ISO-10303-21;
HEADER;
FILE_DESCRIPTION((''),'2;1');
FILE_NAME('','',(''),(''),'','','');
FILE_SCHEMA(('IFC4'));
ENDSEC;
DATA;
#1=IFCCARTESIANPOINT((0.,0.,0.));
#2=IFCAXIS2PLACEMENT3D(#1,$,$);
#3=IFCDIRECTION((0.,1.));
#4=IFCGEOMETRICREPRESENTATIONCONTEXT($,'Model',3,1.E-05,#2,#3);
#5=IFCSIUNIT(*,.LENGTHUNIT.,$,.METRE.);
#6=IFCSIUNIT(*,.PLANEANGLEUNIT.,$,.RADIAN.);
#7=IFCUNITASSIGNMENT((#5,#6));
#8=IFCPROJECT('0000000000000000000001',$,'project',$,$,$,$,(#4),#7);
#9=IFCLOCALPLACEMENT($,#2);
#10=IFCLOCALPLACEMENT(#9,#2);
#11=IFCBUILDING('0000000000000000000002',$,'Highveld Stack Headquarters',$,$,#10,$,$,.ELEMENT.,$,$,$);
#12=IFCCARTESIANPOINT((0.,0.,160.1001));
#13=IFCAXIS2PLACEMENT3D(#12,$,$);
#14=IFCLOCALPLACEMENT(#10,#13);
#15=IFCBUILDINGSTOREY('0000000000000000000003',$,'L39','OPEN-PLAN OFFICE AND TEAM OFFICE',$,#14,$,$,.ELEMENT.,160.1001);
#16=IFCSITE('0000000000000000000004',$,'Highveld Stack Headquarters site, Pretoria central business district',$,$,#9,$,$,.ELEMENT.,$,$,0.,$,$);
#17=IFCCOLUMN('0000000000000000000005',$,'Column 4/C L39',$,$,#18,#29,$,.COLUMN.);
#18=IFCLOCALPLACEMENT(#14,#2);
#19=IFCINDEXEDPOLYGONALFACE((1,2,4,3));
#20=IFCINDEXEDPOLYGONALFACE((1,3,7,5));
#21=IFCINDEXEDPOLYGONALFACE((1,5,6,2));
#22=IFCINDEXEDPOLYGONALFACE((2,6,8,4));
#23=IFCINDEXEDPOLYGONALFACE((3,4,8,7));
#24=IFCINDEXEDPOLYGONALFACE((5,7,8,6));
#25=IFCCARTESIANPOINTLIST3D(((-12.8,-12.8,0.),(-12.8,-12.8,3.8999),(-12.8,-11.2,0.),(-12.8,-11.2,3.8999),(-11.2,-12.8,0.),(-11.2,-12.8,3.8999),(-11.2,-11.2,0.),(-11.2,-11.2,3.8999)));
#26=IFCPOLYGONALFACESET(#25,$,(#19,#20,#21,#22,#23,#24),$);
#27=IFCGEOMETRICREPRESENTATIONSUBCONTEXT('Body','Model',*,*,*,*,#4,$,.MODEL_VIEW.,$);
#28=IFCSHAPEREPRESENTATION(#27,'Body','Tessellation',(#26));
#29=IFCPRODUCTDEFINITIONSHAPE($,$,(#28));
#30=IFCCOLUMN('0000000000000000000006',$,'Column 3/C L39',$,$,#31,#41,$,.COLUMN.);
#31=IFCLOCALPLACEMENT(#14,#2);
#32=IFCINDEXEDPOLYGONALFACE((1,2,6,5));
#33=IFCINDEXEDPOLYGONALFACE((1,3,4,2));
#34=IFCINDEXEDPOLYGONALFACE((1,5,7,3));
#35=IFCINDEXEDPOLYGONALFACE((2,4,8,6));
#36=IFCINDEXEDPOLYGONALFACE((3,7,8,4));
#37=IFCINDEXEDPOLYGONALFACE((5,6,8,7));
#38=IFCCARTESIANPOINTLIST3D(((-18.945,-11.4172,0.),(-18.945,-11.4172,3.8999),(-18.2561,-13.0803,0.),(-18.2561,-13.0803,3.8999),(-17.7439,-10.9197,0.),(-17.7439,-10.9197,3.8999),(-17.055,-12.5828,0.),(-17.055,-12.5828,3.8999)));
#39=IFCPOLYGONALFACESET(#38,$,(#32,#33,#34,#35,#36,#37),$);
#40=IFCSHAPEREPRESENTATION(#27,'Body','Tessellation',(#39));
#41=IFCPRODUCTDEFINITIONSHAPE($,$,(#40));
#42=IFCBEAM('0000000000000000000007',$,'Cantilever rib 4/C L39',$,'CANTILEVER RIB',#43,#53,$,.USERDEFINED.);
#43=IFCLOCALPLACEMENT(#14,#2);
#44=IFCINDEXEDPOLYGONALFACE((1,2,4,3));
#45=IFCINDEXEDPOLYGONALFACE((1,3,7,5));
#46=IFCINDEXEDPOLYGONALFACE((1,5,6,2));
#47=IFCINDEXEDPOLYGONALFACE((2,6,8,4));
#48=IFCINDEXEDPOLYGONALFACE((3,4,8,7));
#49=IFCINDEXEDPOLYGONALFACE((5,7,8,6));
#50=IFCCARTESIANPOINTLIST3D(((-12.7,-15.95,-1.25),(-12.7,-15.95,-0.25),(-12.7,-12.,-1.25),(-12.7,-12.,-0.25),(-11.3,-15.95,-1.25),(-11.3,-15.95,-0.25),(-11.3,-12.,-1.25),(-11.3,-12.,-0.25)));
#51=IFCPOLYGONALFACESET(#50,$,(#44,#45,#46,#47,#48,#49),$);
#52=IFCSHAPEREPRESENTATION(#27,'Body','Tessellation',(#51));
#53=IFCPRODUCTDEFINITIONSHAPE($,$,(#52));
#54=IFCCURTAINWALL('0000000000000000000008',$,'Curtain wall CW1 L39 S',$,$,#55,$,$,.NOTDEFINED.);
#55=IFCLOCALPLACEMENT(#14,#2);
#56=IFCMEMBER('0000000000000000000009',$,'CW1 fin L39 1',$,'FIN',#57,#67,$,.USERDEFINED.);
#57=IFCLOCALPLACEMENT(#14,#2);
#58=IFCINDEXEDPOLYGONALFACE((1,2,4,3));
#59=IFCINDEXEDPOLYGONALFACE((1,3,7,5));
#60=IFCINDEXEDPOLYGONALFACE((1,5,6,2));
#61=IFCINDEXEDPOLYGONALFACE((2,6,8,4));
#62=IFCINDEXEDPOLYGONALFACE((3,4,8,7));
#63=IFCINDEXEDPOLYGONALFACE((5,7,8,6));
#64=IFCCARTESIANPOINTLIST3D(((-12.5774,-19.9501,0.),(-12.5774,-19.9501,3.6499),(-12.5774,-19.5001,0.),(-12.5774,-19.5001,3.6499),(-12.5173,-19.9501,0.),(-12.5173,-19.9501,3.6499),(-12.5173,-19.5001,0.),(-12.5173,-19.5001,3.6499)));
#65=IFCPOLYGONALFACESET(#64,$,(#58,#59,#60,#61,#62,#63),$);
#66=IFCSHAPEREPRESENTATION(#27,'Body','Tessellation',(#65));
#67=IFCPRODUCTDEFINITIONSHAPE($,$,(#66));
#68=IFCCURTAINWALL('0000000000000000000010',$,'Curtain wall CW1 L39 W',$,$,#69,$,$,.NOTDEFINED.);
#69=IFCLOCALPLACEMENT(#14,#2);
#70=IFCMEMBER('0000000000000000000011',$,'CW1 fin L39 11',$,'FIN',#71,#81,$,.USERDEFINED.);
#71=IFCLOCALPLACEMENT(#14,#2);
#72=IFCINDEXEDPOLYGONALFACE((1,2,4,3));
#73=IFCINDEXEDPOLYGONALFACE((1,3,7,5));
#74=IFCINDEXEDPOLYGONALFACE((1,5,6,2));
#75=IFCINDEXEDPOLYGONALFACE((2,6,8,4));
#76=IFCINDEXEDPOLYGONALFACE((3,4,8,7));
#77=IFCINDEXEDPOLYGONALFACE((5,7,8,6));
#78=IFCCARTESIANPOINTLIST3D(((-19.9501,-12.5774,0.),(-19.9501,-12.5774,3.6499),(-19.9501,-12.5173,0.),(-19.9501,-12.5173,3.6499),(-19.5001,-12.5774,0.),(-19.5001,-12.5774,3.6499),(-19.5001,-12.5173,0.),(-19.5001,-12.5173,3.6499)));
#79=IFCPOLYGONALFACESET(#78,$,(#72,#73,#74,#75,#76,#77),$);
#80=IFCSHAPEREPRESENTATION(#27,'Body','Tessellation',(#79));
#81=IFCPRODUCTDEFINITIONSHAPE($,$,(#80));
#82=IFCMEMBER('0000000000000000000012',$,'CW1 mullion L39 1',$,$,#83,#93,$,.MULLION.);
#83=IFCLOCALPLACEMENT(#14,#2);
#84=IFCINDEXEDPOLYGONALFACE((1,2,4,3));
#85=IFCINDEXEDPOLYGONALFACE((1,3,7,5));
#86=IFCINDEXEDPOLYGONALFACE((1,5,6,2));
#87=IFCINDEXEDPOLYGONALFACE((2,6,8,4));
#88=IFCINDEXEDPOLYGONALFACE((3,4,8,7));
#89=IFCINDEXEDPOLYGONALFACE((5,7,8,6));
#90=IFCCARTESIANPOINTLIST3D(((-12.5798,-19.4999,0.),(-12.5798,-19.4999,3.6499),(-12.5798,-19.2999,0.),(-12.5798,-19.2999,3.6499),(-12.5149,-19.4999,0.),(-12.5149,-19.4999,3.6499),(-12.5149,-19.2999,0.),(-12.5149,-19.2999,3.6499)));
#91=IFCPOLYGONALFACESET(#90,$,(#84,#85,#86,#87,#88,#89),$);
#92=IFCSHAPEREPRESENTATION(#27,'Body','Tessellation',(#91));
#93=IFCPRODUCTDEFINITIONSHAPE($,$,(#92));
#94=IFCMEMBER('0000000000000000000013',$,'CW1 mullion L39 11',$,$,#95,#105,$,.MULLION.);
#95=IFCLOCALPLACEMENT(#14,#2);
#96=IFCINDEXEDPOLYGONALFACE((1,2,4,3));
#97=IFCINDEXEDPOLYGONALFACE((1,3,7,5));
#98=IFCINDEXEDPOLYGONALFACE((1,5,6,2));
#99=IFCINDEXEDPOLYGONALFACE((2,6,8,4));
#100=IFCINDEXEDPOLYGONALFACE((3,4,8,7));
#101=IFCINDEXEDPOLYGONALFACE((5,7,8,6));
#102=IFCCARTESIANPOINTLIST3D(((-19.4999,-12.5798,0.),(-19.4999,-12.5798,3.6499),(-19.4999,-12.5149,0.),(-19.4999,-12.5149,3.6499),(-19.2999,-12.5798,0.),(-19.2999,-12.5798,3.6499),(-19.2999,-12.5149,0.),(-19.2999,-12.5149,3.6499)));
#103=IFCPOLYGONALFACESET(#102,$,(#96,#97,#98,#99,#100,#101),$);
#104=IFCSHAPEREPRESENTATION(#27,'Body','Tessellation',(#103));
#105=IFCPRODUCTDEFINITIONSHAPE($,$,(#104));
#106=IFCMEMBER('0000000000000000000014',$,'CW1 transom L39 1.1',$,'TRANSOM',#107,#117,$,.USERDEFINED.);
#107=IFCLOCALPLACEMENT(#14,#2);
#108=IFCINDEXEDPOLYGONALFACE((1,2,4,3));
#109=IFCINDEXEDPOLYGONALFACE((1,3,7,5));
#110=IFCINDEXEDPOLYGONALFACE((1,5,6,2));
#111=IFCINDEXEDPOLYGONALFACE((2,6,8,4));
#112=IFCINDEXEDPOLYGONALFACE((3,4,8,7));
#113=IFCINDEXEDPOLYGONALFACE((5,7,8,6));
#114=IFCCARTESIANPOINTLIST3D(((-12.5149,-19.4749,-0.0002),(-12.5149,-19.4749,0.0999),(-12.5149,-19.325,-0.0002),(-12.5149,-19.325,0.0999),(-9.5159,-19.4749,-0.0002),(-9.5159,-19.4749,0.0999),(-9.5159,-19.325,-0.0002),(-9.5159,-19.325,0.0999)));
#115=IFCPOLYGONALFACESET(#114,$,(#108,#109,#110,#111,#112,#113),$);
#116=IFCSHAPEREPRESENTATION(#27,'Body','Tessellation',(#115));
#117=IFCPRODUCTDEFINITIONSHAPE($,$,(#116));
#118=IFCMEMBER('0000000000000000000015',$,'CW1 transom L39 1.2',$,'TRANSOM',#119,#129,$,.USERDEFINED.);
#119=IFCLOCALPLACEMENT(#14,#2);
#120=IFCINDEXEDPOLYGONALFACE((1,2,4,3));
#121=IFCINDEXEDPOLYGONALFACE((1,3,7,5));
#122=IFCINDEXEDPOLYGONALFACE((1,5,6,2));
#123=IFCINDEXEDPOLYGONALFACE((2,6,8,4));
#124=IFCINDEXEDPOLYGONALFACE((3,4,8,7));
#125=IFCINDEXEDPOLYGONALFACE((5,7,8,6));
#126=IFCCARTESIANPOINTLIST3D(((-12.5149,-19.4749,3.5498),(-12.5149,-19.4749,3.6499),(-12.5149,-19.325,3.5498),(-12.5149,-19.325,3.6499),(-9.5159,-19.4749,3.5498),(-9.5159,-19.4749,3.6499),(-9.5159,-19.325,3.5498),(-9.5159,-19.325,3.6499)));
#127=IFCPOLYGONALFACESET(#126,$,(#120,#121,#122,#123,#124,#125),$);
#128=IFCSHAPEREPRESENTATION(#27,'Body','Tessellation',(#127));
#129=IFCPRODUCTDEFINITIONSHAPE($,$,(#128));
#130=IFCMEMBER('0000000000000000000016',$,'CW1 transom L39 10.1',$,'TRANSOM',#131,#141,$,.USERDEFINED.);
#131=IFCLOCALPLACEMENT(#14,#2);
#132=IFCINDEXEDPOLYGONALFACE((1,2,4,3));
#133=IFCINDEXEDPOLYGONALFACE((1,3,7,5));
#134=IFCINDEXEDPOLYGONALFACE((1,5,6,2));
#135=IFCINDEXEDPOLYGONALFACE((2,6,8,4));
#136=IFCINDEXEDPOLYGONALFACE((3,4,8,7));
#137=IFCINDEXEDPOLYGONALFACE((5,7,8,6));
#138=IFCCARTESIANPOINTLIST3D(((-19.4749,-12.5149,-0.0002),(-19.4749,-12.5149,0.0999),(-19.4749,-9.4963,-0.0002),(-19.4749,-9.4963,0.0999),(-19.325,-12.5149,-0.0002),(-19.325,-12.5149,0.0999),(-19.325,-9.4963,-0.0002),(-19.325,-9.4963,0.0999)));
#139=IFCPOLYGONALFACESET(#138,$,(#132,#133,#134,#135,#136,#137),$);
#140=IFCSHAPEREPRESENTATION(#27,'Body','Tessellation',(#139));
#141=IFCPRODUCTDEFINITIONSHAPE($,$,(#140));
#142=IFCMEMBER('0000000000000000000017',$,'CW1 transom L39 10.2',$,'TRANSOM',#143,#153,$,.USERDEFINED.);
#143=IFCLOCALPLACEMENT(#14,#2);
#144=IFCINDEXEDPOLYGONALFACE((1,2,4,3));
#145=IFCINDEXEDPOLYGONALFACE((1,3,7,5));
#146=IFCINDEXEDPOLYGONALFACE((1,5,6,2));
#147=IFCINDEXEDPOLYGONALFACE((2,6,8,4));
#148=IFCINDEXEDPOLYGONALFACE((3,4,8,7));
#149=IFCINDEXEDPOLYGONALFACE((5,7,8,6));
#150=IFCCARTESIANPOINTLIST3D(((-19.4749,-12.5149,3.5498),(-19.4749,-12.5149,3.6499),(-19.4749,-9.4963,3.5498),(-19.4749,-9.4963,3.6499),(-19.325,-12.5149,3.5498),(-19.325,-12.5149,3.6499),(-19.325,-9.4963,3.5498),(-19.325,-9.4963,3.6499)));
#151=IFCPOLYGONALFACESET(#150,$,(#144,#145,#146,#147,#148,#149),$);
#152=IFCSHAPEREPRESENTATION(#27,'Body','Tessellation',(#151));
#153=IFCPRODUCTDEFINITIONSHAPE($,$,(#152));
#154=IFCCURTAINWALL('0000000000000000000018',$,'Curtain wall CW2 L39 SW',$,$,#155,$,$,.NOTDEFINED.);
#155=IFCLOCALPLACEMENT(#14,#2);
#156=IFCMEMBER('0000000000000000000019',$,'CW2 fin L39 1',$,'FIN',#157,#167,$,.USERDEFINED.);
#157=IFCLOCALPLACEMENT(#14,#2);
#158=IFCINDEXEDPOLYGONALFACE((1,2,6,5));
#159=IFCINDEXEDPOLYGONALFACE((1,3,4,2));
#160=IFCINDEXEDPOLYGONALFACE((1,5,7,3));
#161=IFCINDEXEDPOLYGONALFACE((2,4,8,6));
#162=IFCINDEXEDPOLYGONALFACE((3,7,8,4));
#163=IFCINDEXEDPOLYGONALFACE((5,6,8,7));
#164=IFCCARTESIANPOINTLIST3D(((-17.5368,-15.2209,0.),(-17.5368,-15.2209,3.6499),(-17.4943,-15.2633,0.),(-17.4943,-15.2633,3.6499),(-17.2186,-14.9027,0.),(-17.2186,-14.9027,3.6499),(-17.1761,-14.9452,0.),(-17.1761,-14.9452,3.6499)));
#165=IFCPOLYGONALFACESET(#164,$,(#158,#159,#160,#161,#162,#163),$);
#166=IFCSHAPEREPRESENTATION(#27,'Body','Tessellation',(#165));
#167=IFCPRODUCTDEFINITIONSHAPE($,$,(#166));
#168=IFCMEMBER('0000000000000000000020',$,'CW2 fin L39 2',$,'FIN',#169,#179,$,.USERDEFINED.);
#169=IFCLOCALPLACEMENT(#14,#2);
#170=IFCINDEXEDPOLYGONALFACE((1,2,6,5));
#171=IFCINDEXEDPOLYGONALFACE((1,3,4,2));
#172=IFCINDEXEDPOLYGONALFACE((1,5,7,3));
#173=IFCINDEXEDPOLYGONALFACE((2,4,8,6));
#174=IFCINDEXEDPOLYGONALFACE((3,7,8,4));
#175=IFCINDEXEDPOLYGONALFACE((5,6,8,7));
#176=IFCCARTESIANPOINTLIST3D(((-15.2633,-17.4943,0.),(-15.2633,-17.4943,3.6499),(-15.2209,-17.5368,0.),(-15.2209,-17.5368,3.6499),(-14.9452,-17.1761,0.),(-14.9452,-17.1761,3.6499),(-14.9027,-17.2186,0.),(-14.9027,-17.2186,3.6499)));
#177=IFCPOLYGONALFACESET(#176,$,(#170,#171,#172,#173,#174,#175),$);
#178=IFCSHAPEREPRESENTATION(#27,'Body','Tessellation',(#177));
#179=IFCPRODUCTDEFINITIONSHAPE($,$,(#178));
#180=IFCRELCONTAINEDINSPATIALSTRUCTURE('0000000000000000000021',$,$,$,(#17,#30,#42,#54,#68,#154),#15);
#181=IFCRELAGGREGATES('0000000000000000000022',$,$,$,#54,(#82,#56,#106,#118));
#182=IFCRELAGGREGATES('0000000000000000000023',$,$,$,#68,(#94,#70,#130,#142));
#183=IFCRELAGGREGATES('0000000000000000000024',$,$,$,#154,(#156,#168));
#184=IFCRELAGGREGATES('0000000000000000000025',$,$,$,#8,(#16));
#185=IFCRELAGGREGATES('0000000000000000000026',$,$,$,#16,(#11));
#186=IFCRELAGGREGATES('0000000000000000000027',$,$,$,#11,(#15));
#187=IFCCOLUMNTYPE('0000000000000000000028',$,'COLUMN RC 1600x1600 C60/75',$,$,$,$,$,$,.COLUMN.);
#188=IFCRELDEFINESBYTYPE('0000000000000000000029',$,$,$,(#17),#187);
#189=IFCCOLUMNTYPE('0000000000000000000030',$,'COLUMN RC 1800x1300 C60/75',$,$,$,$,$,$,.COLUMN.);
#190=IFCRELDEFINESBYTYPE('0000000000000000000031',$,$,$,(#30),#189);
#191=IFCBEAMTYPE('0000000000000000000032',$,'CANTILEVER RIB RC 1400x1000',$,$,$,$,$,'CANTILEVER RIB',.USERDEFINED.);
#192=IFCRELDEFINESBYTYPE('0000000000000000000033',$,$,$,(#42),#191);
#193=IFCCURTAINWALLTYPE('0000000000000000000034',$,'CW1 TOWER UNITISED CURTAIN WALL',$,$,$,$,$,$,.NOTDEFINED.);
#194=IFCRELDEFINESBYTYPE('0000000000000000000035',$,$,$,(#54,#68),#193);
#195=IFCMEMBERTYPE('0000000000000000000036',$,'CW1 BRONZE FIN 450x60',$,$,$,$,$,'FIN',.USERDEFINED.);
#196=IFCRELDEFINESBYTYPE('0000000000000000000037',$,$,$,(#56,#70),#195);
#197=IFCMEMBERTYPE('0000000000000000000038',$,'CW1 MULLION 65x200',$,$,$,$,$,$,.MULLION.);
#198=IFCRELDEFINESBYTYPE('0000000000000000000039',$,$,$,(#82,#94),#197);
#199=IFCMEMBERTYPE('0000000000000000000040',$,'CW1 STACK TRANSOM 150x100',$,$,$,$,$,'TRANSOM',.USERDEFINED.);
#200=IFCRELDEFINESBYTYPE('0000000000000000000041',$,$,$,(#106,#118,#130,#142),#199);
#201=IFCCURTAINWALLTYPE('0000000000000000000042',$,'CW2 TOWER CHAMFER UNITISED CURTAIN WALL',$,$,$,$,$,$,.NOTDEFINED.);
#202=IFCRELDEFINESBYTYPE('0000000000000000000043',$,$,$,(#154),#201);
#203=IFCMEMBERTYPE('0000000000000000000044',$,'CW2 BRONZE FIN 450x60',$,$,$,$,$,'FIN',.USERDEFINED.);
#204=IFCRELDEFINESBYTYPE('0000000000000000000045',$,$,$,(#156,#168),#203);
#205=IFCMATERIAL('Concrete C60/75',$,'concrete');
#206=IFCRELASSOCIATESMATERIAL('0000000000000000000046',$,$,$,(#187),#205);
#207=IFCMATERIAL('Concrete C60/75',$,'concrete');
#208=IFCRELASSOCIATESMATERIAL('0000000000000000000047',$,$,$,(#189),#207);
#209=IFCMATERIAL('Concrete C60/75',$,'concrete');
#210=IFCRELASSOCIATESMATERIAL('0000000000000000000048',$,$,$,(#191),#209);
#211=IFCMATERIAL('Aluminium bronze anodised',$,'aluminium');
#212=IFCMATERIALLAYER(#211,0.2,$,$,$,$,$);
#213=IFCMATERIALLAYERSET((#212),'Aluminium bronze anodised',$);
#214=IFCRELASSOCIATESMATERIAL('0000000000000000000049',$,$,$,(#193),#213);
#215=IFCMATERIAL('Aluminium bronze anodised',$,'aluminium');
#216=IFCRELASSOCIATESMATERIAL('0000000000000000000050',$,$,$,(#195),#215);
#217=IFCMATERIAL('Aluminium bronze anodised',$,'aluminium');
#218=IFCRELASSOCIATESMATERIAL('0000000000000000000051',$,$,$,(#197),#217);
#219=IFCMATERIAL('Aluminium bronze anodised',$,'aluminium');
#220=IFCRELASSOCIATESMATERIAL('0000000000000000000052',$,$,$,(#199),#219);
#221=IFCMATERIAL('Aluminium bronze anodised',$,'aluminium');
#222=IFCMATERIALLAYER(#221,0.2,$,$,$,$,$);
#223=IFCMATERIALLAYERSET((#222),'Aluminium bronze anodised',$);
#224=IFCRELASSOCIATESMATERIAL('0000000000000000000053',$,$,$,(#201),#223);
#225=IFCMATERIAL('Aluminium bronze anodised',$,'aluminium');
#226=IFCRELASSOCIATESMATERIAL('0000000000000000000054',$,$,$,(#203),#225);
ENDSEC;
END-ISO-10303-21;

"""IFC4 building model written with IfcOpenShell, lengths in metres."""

from ifc_helpers import new_model, si_unit, direction, frame, origin, origin_2d, place, context, subcontext, project, spatial, rectangle, extrude, material, layer, layer_set, material_profile, profile_set, type_object, element, aggregate, save


model = new_model("IFC4")

# Units and contexts
model_context = context("Model", 3, precision=1e-05, world=origin(), true_north=direction((0.0, 1.0)))
body_context = subcontext(model_context, "Body", "Model", "MODEL_VIEW")
ifc_project = project(units=[si_unit("LENGTHUNIT", "METRE"), si_unit("PLANEANGLEUNIT", "RADIAN")], contexts=[model_context])

# Site, building, storey
site_placement = place(None, origin())
site = spatial("IfcSite", under=ifc_project, at=site_placement, Name="Highveld Stack Headquarters site, Pretoria central business district", CompositionType="ELEMENT", RefElevation=0.0)
building_placement = place(site_placement, origin())
building = spatial("IfcBuilding", under=site, at=building_placement, Name="Highveld Stack Headquarters", CompositionType="ELEMENT")
storey_placement = place(building_placement, frame((0.0, 0.0, 160.1001)))
storey = spatial("IfcBuildingStorey", under=building, at=storey_placement, Name="L39", Description="OPEN-PLAN OFFICE AND TEAM OFFICE", CompositionType="ELEMENT", Elevation=160.1001)

# Columns
ifc_material_1 = material(Name="Concrete C60/75", Category="concrete")
ifc_material_profile_1 = material_profile(ifc_material_1, rectangle(XDim=1.6001, YDim=1.6001, at=origin_2d()), Name="RC 1600x1600")
ifc_profile_set_1 = profile_set([ifc_material_profile_1], Name="Concrete C60/75")
column_type_1 = type_object("IfcColumnType", Name="COLUMN RC 1600x1600 C60/75", PredefinedType="COLUMN", material=ifc_profile_set_1)
column_1_placement = place(storey_placement, frame((-12.0, -12.0, 0.0), z_axis=(0.0, 0.0, 1.0), x_axis=(1.0, 0.0, 0.0)))
element("IfcColumn", 1, at=column_1_placement, inside=storey, type_object=column_type_1, Name="Column 4/C L39", PredefinedType="COLUMN", context=body_context, shape_type="SweptSolid", body=[
    extrude(rectangle(XDim=1.6001, YDim=1.6001, at=origin_2d()), origin(), (0.0, 0.0, 1.0), 3.8999),
])
ifc_material_2 = material(Name="Concrete C60/75", Category="concrete")
ifc_material_profile_2 = material_profile(ifc_material_2, rectangle(XDim=1.8, YDim=1.3, at=origin_2d()), Name="RC 1800x1300")
ifc_profile_set_2 = profile_set([ifc_material_profile_2], Name="Concrete C60/75")
column_type_2 = type_object("IfcColumnType", Name="COLUMN RC 1800x1300 C60/75", PredefinedType="COLUMN", material=ifc_profile_set_2)
column_2_placement = place(storey_placement, frame((-18.0, -12.0, 0.0), z_axis=(0.0, 0.0, 1.0), x_axis=(-0.382683, 0.92388, 0.0)))
element("IfcColumn", 2, at=column_2_placement, inside=storey, type_object=column_type_2, Name="Column 3/C L39", PredefinedType="COLUMN", context=body_context, shape_type="SweptSolid", body=[
    extrude(rectangle(XDim=1.8, YDim=1.3, at=origin_2d()), origin(), (0.0, 0.0, 1.0), 3.8999),
])

# Beam
ifc_material_3 = material(Name="Concrete C60/75", Category="concrete")
ifc_material_profile_3 = material_profile(ifc_material_3, rectangle(XDim=1.3999, YDim=1.0, at=origin_2d()), Name="RC 1400x1000")
ifc_profile_set_3 = profile_set([ifc_material_profile_3], Name="Concrete C60/75")
beam_type_1 = type_object("IfcBeamType", Name="CANTILEVER RIB RC 1400x1000", ElementType="CANTILEVER RIB", PredefinedType="USERDEFINED", material=ifc_profile_set_3)
beam_1_placement = place(storey_placement, frame((-12.0, -12.0, -0.75), z_axis=(0.0, -1.0, 0.0), x_axis=(1.0, 0.0, 0.0)))
element("IfcBeam", 3, at=beam_1_placement, inside=storey, type_object=beam_type_1, Name="Cantilever rib 4/C L39", ObjectType="CANTILEVER RIB", PredefinedType="USERDEFINED", context=body_context, shape_type="SweptSolid", body=[
    extrude(rectangle(XDim=1.3999, YDim=1.0, at=origin_2d()), origin(), (0.0, 0.0, 1.0), 3.95),
])

# Curtain walls, members
ifc_material_4 = material(Name="Aluminium bronze anodised", Category="aluminium")
ifc_layer_1 = layer(ifc_material_4, 0.2)
ifc_layer_set_1 = layer_set([ifc_layer_1], Name="Aluminium bronze anodised")
curtain_wall_type_1 = type_object("IfcCurtainWallType", Name="CW1 TOWER UNITISED CURTAIN WALL", PredefinedType="NOTDEFINED", material=ifc_layer_set_1)
curtain_wall_1_placement = place(storey_placement, origin())
curtain_wall_1 = element("IfcCurtainWall", 4, at=curtain_wall_1_placement, inside=storey, type_object=curtain_wall_type_1, Name="Curtain wall CW1 L39 S", PredefinedType="NOTDEFINED")
ifc_material_5 = material(Name="Aluminium bronze anodised", Category="aluminium")
ifc_material_profile_4 = material_profile(ifc_material_5, rectangle(XDim=0.45, YDim=0.0601, at=origin_2d()), Name="FIN 450x60")
ifc_profile_set_4 = profile_set([ifc_material_profile_4], Name="Aluminium bronze anodised")
member_type_1 = type_object("IfcMemberType", Name="CW1 BRONZE FIN 450x60", ElementType="FIN", PredefinedType="USERDEFINED", material=ifc_profile_set_4)
member_1_placement = place(storey_placement, frame((-12.5474, -19.7251, 0.0), z_axis=(0.0, 0.0, 1.0), x_axis=(0.0, 1.0, 0.0)))
member_1 = element("IfcMember", 5, at=member_1_placement, type_object=member_type_1, Name="CW1 fin L39 1", ObjectType="FIN", PredefinedType="USERDEFINED", context=body_context, shape_type="SweptSolid", body=[
    extrude(rectangle(XDim=0.45, YDim=0.0601, at=origin_2d()), origin(), (0.0, 0.0, 1.0), 3.6499),
])
curtain_wall_2_placement = place(storey_placement, origin())
curtain_wall_2 = element("IfcCurtainWall", 6, at=curtain_wall_2_placement, inside=storey, type_object=curtain_wall_type_1, Name="Curtain wall CW1 L39 W", PredefinedType="NOTDEFINED")
member_2_placement = place(storey_placement, frame((-19.7251, -12.5474, 0.0), z_axis=(0.0, 0.0, 1.0), x_axis=(1.0, 0.0, 0.0)))
member_2 = element("IfcMember", 7, at=member_2_placement, type_object=member_type_1, Name="CW1 fin L39 11", ObjectType="FIN", PredefinedType="USERDEFINED", context=body_context, shape_type="SweptSolid", body=[
    extrude(rectangle(XDim=0.45, YDim=0.0601, at=origin_2d()), origin(), (0.0, 0.0, 1.0), 3.6499),
])

# Members
ifc_material_6 = material(Name="Aluminium bronze anodised", Category="aluminium")
ifc_material_profile_5 = material_profile(ifc_material_6, rectangle(XDim=0.2, YDim=0.0649, at=origin_2d()), Name="CW1 MULLION 65x200")
ifc_profile_set_5 = profile_set([ifc_material_profile_5], Name="Aluminium bronze anodised")
member_type_2 = type_object("IfcMemberType", Name="CW1 MULLION 65x200", PredefinedType="MULLION", material=ifc_profile_set_5)
member_3_placement = place(storey_placement, frame((-12.5474, -19.3999, 0.0), z_axis=(0.0, 0.0, 1.0), x_axis=(0.0, 1.0, 0.0)))
member_3 = element("IfcMember", 8, at=member_3_placement, type_object=member_type_2, Name="CW1 mullion L39 1", PredefinedType="MULLION", context=body_context, shape_type="SweptSolid", body=[
    extrude(rectangle(XDim=0.2, YDim=0.0649, at=origin_2d()), origin(), (0.0, 0.0, 1.0), 3.6499),
])
member_4_placement = place(storey_placement, frame((-19.3999, -12.5474, 0.0), z_axis=(0.0, 0.0, 1.0), x_axis=(1.0, 0.0, 0.0)))
member_4 = element("IfcMember", 9, at=member_4_placement, type_object=member_type_2, Name="CW1 mullion L39 11", PredefinedType="MULLION", context=body_context, shape_type="SweptSolid", body=[
    extrude(rectangle(XDim=0.2, YDim=0.0649, at=origin_2d()), origin(), (0.0, 0.0, 1.0), 3.6499),
])
ifc_material_7 = material(Name="Aluminium bronze anodised", Category="aluminium")
ifc_material_profile_6 = material_profile(ifc_material_7, rectangle(XDim=0.1499, YDim=0.1001, at=origin_2d()), Name="CW1 TRANSOM 150x100")
ifc_profile_set_6 = profile_set([ifc_material_profile_6], Name="Aluminium bronze anodised")
member_type_3 = type_object("IfcMemberType", Name="CW1 STACK TRANSOM 150x100", ElementType="TRANSOM", PredefinedType="USERDEFINED", material=ifc_profile_set_6)
member_5_placement = place(storey_placement, frame((-12.5149, -19.3999, 0.0498), z_axis=(1.0, 0.0, 0.0), x_axis=(0.0, 1.0, 0.0)))
member_5 = element("IfcMember", 10, at=member_5_placement, type_object=member_type_3, Name="CW1 transom L39 1.1", ObjectType="TRANSOM", PredefinedType="USERDEFINED", context=body_context, shape_type="SweptSolid", body=[
    extrude(rectangle(XDim=0.1499, YDim=0.1001, at=origin_2d()), origin(), (0.0, 0.0, 1.0), 2.999),
])
member_6_placement = place(storey_placement, frame((-12.5149, -19.3999, 3.5999), z_axis=(1.0, 0.0, 0.0), x_axis=(0.0, 1.0, 0.0)))
member_6 = element("IfcMember", 11, at=member_6_placement, type_object=member_type_3, Name="CW1 transom L39 1.2", ObjectType="TRANSOM", PredefinedType="USERDEFINED", context=body_context, shape_type="SweptSolid", body=[
    extrude(rectangle(XDim=0.1499, YDim=0.1001, at=origin_2d()), origin(), (0.0, 0.0, 1.0), 2.999),
])
aggregate(curtain_wall_1, [member_3, member_1, member_5, member_6])
member_7_placement = place(storey_placement, frame((-19.3999, -9.4963, 0.0498), z_axis=(0.0, -1.0, 0.0), x_axis=(1.0, 0.0, 0.0)))
member_7 = element("IfcMember", 12, at=member_7_placement, type_object=member_type_3, Name="CW1 transom L39 10.1", ObjectType="TRANSOM", PredefinedType="USERDEFINED", context=body_context, shape_type="SweptSolid", body=[
    extrude(rectangle(XDim=0.1499, YDim=0.1001, at=origin_2d()), origin(), (0.0, 0.0, 1.0), 3.0186),
])
member_8_placement = place(storey_placement, frame((-19.3999, -9.4963, 3.5999), z_axis=(0.0, -1.0, 0.0), x_axis=(1.0, 0.0, 0.0)))
member_8 = element("IfcMember", 13, at=member_8_placement, type_object=member_type_3, Name="CW1 transom L39 10.2", ObjectType="TRANSOM", PredefinedType="USERDEFINED", context=body_context, shape_type="SweptSolid", body=[
    extrude(rectangle(XDim=0.1499, YDim=0.1001, at=origin_2d()), origin(), (0.0, 0.0, 1.0), 3.0186),
])

# Curtain wall, members
ifc_material_8 = material(Name="Aluminium bronze anodised", Category="aluminium")
ifc_layer_2 = layer(ifc_material_8, 0.2)
ifc_layer_set_2 = layer_set([ifc_layer_2], Name="Aluminium bronze anodised")
curtain_wall_type_2 = type_object("IfcCurtainWallType", Name="CW2 TOWER CHAMFER UNITISED CURTAIN WALL", PredefinedType="NOTDEFINED", material=ifc_layer_set_2)
curtain_wall_3_placement = place(storey_placement, origin())
curtain_wall_3 = element("IfcCurtainWall", 14, at=curtain_wall_3_placement, inside=storey, type_object=curtain_wall_type_2, Name="Curtain wall CW2 L39 SW", PredefinedType="NOTDEFINED")
ifc_material_9 = material(Name="Aluminium bronze anodised", Category="aluminium")
ifc_material_profile_7 = material_profile(ifc_material_9, rectangle(XDim=0.45, YDim=0.0601, at=origin_2d()), Name="FIN 450x60")
ifc_profile_set_7 = profile_set([ifc_material_profile_7], Name="Aluminium bronze anodised")
member_type_4 = type_object("IfcMemberType", Name="CW2 BRONZE FIN 450x60", ElementType="FIN", PredefinedType="USERDEFINED", material=ifc_profile_set_7)
member_9_placement = place(storey_placement, frame((-17.3564, -15.083, 0.0), z_axis=(0.0, 0.0, 1.0), x_axis=(0.707107, 0.707107, 0.0)))
member_9 = element("IfcMember", 15, at=member_9_placement, type_object=member_type_4, Name="CW2 fin L39 1", ObjectType="FIN", PredefinedType="USERDEFINED", context=body_context, shape_type="SweptSolid", body=[
    extrude(rectangle(XDim=0.45, YDim=0.0601, at=origin_2d()), origin(), (0.0, 0.0, 1.0), 3.6499),
])
member_10_placement = place(storey_placement, frame((-15.083, -17.3564, 0.0), z_axis=(0.0, 0.0, 1.0), x_axis=(0.707107, 0.707107, 0.0)))
member_10 = element("IfcMember", 16, at=member_10_placement, type_object=member_type_4, Name="CW2 fin L39 2", ObjectType="FIN", PredefinedType="USERDEFINED", context=body_context, shape_type="SweptSolid", body=[
    extrude(rectangle(XDim=0.45, YDim=0.0601, at=origin_2d()), origin(), (0.0, 0.0, 1.0), 3.6499),
])

aggregate(curtain_wall_2, [member_4, member_2, member_7, member_8])
aggregate(curtain_wall_3, [member_9, member_10])

save(model, "model.ifc")
